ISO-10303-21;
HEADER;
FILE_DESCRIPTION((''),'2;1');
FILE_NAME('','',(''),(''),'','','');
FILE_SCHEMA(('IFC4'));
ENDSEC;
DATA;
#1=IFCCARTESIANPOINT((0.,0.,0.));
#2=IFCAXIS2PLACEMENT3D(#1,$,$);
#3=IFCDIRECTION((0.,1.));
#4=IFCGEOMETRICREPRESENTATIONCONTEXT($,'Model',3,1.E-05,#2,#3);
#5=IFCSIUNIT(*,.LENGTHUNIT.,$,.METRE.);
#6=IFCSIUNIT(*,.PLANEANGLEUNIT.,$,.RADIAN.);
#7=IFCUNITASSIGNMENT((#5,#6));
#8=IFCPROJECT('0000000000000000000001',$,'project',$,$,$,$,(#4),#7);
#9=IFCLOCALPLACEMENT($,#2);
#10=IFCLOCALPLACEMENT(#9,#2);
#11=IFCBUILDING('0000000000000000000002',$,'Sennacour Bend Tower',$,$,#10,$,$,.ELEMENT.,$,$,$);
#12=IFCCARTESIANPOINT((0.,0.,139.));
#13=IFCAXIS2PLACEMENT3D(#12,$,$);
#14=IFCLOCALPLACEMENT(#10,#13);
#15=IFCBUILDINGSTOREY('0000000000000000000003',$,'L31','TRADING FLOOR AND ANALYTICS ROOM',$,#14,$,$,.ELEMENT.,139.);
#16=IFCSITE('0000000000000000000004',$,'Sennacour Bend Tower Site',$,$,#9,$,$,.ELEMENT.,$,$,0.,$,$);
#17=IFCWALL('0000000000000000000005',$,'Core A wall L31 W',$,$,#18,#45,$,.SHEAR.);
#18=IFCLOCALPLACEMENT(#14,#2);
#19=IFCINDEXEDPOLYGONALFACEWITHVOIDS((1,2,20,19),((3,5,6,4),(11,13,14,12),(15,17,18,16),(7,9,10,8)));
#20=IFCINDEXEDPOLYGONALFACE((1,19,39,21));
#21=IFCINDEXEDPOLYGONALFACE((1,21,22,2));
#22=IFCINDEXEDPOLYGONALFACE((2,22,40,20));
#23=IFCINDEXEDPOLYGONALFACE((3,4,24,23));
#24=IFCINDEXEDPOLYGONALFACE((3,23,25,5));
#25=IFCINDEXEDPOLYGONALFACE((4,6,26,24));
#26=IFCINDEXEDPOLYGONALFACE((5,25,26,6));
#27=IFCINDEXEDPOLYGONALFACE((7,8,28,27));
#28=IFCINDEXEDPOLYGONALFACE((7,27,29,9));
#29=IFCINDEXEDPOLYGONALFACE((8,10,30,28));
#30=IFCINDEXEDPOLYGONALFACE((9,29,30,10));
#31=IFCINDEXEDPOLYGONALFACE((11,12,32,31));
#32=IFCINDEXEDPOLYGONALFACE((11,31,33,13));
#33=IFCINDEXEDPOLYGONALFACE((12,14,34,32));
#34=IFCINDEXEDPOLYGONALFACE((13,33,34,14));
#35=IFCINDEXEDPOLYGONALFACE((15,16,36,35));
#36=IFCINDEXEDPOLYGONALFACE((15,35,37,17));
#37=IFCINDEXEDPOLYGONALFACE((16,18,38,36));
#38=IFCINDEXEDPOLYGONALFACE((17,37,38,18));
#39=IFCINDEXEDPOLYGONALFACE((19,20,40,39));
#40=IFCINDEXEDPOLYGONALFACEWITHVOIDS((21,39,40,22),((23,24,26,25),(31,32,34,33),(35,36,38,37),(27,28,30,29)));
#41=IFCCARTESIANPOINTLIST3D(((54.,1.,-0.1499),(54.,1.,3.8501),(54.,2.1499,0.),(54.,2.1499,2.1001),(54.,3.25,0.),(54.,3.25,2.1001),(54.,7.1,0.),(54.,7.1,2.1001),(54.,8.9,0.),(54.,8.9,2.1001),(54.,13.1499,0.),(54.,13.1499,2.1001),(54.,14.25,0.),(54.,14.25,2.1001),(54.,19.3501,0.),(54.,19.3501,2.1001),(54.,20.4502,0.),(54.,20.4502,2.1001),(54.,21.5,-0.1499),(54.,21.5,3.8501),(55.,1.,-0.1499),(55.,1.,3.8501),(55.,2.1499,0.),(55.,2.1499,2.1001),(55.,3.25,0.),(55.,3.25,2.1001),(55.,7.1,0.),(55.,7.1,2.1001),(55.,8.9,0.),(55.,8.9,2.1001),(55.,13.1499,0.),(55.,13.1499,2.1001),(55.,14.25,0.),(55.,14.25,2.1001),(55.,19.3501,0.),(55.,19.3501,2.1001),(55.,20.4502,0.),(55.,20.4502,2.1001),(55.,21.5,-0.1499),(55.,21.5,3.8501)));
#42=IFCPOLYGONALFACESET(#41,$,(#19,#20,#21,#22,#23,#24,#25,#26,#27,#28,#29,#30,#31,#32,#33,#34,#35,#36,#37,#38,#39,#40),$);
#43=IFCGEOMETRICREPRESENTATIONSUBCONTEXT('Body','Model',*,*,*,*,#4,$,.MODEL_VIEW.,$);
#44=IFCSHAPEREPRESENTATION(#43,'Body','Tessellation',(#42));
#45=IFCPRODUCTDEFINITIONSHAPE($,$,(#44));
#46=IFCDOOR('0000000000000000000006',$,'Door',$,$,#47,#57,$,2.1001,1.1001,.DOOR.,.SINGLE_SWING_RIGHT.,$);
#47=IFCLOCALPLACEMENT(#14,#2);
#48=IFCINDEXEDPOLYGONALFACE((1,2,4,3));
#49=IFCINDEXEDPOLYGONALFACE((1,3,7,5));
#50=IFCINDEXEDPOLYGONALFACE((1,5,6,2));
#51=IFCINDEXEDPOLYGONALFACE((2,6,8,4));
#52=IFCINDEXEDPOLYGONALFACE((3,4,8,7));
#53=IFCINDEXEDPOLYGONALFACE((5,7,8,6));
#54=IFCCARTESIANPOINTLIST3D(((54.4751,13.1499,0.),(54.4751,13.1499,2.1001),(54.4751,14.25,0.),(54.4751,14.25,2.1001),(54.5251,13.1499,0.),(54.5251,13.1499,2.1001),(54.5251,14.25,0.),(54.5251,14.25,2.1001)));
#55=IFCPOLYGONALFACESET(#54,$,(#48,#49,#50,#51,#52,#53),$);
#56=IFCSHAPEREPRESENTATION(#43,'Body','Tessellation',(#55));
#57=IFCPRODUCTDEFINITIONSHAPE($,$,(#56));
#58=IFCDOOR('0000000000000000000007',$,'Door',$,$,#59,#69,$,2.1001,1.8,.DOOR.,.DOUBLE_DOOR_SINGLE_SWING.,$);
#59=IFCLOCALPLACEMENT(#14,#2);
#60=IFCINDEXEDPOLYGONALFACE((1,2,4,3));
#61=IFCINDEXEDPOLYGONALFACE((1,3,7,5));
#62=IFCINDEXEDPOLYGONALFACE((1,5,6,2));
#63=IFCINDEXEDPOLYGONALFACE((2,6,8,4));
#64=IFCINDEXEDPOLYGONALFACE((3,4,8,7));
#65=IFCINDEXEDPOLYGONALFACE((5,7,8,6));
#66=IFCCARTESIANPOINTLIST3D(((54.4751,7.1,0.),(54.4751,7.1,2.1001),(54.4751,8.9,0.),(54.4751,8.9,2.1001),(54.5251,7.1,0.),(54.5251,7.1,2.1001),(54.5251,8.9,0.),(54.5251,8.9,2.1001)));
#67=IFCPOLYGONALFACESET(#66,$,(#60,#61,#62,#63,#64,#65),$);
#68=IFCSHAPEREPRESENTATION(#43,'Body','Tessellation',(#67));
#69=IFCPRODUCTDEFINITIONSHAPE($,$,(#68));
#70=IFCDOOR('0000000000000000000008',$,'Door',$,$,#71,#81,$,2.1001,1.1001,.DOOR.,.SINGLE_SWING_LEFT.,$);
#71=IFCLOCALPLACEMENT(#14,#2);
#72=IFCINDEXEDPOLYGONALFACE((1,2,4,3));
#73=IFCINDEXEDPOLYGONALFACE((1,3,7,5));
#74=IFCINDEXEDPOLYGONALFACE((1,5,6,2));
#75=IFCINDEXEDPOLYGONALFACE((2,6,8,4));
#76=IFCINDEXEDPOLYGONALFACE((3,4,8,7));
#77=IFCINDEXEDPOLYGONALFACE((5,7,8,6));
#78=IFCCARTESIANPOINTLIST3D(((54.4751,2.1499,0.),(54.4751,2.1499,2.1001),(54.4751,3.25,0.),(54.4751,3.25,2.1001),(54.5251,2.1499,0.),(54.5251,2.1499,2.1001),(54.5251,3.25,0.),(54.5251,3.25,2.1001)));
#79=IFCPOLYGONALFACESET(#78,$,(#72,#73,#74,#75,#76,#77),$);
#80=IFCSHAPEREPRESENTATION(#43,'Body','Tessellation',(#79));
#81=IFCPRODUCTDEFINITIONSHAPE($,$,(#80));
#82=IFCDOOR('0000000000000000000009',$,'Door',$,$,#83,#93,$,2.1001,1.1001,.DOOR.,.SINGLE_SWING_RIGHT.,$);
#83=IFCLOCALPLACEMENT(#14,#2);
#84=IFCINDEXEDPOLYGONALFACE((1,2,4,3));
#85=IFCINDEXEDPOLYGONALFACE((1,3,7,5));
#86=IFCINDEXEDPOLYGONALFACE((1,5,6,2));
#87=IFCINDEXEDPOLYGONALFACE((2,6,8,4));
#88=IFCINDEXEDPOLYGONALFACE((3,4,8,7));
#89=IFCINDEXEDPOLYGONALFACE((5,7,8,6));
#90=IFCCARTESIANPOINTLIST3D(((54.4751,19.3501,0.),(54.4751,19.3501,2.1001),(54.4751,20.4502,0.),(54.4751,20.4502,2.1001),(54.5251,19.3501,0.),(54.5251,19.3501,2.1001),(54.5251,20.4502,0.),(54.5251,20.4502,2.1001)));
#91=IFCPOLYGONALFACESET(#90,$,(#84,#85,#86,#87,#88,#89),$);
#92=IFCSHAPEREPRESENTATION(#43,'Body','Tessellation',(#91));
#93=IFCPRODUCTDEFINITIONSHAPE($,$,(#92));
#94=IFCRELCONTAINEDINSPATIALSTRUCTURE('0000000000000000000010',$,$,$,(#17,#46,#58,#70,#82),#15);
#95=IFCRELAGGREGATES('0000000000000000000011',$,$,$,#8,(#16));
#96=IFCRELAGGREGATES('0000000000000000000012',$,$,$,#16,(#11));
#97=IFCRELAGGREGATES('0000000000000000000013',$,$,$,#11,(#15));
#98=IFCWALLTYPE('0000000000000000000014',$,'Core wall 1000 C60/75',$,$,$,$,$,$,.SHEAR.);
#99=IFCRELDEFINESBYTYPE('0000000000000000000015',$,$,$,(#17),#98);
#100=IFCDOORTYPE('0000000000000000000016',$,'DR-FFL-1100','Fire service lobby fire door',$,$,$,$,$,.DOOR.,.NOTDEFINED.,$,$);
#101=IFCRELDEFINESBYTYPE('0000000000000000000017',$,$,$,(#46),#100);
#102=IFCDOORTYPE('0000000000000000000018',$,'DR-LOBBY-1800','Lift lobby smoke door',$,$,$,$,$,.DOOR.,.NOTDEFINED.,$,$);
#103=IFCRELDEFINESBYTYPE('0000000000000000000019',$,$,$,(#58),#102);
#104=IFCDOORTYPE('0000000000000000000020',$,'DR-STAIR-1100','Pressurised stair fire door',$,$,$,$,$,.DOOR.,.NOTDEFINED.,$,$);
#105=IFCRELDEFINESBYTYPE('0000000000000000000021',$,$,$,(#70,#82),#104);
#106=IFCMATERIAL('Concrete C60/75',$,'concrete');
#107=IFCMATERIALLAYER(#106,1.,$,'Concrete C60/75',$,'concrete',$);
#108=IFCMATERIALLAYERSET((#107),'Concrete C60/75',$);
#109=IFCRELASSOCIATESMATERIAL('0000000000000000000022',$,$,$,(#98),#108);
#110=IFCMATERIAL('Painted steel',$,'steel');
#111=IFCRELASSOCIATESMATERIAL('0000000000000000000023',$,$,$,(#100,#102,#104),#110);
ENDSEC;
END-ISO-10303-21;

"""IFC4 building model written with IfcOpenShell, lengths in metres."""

from ifc_helpers import new_model, si_unit, direction, frame, frame_2d, origin, place, context, subcontext, project, spatial, rectangle, extrude, material, layer, layer_set, type_object, element, fill, save


model = new_model("IFC4")

# Units and contexts
model_context = context("Model", 3, precision=1e-05, world=origin(), true_north=direction((0.0, 1.0)))
body_context = subcontext(model_context, "Body", "Model", "MODEL_VIEW")
ifc_project = project(units=[si_unit("LENGTHUNIT", "METRE"), si_unit("PLANEANGLEUNIT", "RADIAN")], contexts=[model_context])

# Site, building, storey
site_placement = place(None, origin())
site = spatial("IfcSite", under=ifc_project, at=site_placement, Name="Sennacour Bend Tower Site", CompositionType="ELEMENT", RefElevation=0.0)
building_placement = place(site_placement, origin())
building = spatial("IfcBuilding", under=site, at=building_placement, Name="Sennacour Bend Tower", CompositionType="ELEMENT")
storey_placement = place(building_placement, frame((0.0, 0.0, 139.0)))
storey = spatial("IfcBuildingStorey", under=building, at=storey_placement, Name="L31", Description="TRADING FLOOR AND ANALYTICS ROOM", CompositionType="ELEMENT", Elevation=139.0)

# Wall, openings, doors
ifc_material_1 = material(Name="Concrete C60/75", Category="concrete")
ifc_layer_1 = layer(ifc_material_1, 1.0, Name="Concrete C60/75", Category="concrete")
ifc_layer_set_1 = layer_set([ifc_layer_1], Name="Concrete C60/75")
wall_type_1 = type_object("IfcWallType", Name="Core wall 1000 C60/75", PredefinedType="SHEAR", material=ifc_layer_set_1)
wall_1_placement = place(storey_placement, frame((54.5, 1.0, -0.1499), z_axis=(0.0, 0.0, 1.0), x_axis=(0.0, 1.0, 0.0)))
wall_1 = element("IfcWall", 1, at=wall_1_placement, inside=storey, type_object=wall_type_1, Name="Core A wall L31 W", PredefinedType="SHEAR", context=body_context, shape_type="SweptSolid", body=[
    extrude(rectangle(XDim=20.5, YDim=1.0, at=frame_2d((10.25, 0.0))), origin(), (0.0, 0.0, 1.0), 4.0),
])
opening_1_placement = place(wall_1_placement, frame((6.1001, 0.0, 0.1499)))
opening_1 = element("IfcOpeningElement", 2, at=opening_1_placement, cuts=wall_1, PredefinedType="OPENING", context=body_context, shape_type="SweptSolid", body=[
    extrude(rectangle(XDim=1.8, YDim=2.1001, at=frame_2d((0.8999, 1.05))), frame((0.0, 0.51, 0.0), z_axis=(0.0, -1.0, 0.0), x_axis=(1.0, 0.0, 0.0)), (0.0, 0.0, 1.0), 1.02),
])
opening_2_placement = place(wall_1_placement, frame((12.1499, 0.0, 0.1499)))
opening_2 = element("IfcOpeningElement", 3, at=opening_2_placement, cuts=wall_1, PredefinedType="OPENING", context=body_context, shape_type="SweptSolid", body=[
    extrude(rectangle(XDim=1.1001, YDim=2.1001, at=frame_2d((0.55, 1.05))), frame((0.0, 0.51, 0.0), z_axis=(0.0, -1.0, 0.0), x_axis=(1.0, 0.0, 0.0)), (0.0, 0.0, 1.0), 1.02),
])
opening_3_placement = place(wall_1_placement, frame((1.1499, 0.0, 0.1499)))
opening_3 = element("IfcOpeningElement", 4, at=opening_3_placement, cuts=wall_1, PredefinedType="OPENING", context=body_context, shape_type="SweptSolid", body=[
    extrude(rectangle(XDim=1.1001, YDim=2.1001, at=frame_2d((0.55, 1.05))), frame((0.0, 0.51, 0.0), z_axis=(0.0, -1.0, 0.0), x_axis=(1.0, 0.0, 0.0)), (0.0, 0.0, 1.0), 1.02),
])
opening_4_placement = place(wall_1_placement, frame((18.3501, 0.0, 0.1499)))
opening_4 = element("IfcOpeningElement", 5, at=opening_4_placement, cuts=wall_1, PredefinedType="OPENING", context=body_context, shape_type="SweptSolid", body=[
    extrude(rectangle(XDim=1.1001, YDim=2.1001, at=frame_2d((0.55, 1.05))), frame((0.0, 0.51, 0.0), z_axis=(0.0, -1.0, 0.0), x_axis=(1.0, 0.0, 0.0)), (0.0, 0.0, 1.0), 1.02),
])
ifc_material_2 = material(Name="Painted steel", Category="steel")
door_type_1 = type_object("IfcDoorType", Name="DR-FFL-1100", Description="Fire service lobby fire door", OperationType="NOTDEFINED", PredefinedType="DOOR", material=ifc_material_2)
door_1_placement = place(opening_2_placement, origin())
door_1 = element("IfcDoor", 6, at=door_1_placement, inside=storey, type_object=door_type_1, Name="Door", OperationType="SINGLE_SWING_RIGHT", OverallHeight=2.1001, OverallWidth=1.1001, PredefinedType="DOOR", context=body_context, shape_type="SweptSolid", body=[
    extrude(rectangle(XDim=1.1001, YDim=2.1001, at=frame_2d((0.55, 1.05))), frame((0.0, 0.0249, 0.0), z_axis=(0.0, -1.0, 0.0), x_axis=(1.0, 0.0, 0.0)), (0.0, 0.0, 1.0), 0.05),
])
fill(opening_2, door_1)
door_type_2 = type_object("IfcDoorType", Name="DR-LOBBY-1800", Description="Lift lobby smoke door", OperationType="NOTDEFINED", PredefinedType="DOOR", material=ifc_material_2)
door_2_placement = place(opening_1_placement, origin())
door_2 = element("IfcDoor", 7, at=door_2_placement, inside=storey, type_object=door_type_2, Name="Door", OperationType="DOUBLE_DOOR_SINGLE_SWING", OverallHeight=2.1001, OverallWidth=1.8, PredefinedType="DOOR", context=body_context, shape_type="SweptSolid", body=[
    extrude(rectangle(XDim=1.8, YDim=2.1001, at=frame_2d((0.8999, 1.05))), frame((0.0, 0.0249, 0.0), z_axis=(0.0, -1.0, 0.0), x_axis=(1.0, 0.0, 0.0)), (0.0, 0.0, 1.0), 0.05),
])
fill(opening_1, door_2)
door_type_3 = type_object("IfcDoorType", Name="DR-STAIR-1100", Description="Pressurised stair fire door", OperationType="NOTDEFINED", PredefinedType="DOOR", material=ifc_material_2)
door_3_placement = place(opening_3_placement, origin())
door_3 = element("IfcDoor", 8, at=door_3_placement, inside=storey, type_object=door_type_3, Name="Door", OperationType="SINGLE_SWING_LEFT", OverallHeight=2.1001, OverallWidth=1.1001, PredefinedType="DOOR", context=body_context, shape_type="SweptSolid", body=[
    extrude(rectangle(XDim=1.1001, YDim=2.1001, at=frame_2d((0.55, 1.05))), frame((0.0, 0.0249, 0.0), z_axis=(0.0, -1.0, 0.0), x_axis=(1.0, 0.0, 0.0)), (0.0, 0.0, 1.0), 0.05),
])
fill(opening_3, door_3)
door_4_placement = place(opening_4_placement, origin())
door_4 = element("IfcDoor", 9, at=door_4_placement, inside=storey, type_object=door_type_3, Name="Door", OperationType="SINGLE_SWING_RIGHT", OverallHeight=2.1001, OverallWidth=1.1001, PredefinedType="DOOR", context=body_context, shape_type="SweptSolid", body=[
    extrude(rectangle(XDim=1.1001, YDim=2.1001, at=frame_2d((0.55, 1.05))), frame((0.0, 0.0249, 0.0), z_axis=(0.0, -1.0, 0.0), x_axis=(1.0, 0.0, 0.0)), (0.0, 0.0, 1.0), 0.05),
])
fill(opening_4, door_4)

save(model, "model.ifc")
